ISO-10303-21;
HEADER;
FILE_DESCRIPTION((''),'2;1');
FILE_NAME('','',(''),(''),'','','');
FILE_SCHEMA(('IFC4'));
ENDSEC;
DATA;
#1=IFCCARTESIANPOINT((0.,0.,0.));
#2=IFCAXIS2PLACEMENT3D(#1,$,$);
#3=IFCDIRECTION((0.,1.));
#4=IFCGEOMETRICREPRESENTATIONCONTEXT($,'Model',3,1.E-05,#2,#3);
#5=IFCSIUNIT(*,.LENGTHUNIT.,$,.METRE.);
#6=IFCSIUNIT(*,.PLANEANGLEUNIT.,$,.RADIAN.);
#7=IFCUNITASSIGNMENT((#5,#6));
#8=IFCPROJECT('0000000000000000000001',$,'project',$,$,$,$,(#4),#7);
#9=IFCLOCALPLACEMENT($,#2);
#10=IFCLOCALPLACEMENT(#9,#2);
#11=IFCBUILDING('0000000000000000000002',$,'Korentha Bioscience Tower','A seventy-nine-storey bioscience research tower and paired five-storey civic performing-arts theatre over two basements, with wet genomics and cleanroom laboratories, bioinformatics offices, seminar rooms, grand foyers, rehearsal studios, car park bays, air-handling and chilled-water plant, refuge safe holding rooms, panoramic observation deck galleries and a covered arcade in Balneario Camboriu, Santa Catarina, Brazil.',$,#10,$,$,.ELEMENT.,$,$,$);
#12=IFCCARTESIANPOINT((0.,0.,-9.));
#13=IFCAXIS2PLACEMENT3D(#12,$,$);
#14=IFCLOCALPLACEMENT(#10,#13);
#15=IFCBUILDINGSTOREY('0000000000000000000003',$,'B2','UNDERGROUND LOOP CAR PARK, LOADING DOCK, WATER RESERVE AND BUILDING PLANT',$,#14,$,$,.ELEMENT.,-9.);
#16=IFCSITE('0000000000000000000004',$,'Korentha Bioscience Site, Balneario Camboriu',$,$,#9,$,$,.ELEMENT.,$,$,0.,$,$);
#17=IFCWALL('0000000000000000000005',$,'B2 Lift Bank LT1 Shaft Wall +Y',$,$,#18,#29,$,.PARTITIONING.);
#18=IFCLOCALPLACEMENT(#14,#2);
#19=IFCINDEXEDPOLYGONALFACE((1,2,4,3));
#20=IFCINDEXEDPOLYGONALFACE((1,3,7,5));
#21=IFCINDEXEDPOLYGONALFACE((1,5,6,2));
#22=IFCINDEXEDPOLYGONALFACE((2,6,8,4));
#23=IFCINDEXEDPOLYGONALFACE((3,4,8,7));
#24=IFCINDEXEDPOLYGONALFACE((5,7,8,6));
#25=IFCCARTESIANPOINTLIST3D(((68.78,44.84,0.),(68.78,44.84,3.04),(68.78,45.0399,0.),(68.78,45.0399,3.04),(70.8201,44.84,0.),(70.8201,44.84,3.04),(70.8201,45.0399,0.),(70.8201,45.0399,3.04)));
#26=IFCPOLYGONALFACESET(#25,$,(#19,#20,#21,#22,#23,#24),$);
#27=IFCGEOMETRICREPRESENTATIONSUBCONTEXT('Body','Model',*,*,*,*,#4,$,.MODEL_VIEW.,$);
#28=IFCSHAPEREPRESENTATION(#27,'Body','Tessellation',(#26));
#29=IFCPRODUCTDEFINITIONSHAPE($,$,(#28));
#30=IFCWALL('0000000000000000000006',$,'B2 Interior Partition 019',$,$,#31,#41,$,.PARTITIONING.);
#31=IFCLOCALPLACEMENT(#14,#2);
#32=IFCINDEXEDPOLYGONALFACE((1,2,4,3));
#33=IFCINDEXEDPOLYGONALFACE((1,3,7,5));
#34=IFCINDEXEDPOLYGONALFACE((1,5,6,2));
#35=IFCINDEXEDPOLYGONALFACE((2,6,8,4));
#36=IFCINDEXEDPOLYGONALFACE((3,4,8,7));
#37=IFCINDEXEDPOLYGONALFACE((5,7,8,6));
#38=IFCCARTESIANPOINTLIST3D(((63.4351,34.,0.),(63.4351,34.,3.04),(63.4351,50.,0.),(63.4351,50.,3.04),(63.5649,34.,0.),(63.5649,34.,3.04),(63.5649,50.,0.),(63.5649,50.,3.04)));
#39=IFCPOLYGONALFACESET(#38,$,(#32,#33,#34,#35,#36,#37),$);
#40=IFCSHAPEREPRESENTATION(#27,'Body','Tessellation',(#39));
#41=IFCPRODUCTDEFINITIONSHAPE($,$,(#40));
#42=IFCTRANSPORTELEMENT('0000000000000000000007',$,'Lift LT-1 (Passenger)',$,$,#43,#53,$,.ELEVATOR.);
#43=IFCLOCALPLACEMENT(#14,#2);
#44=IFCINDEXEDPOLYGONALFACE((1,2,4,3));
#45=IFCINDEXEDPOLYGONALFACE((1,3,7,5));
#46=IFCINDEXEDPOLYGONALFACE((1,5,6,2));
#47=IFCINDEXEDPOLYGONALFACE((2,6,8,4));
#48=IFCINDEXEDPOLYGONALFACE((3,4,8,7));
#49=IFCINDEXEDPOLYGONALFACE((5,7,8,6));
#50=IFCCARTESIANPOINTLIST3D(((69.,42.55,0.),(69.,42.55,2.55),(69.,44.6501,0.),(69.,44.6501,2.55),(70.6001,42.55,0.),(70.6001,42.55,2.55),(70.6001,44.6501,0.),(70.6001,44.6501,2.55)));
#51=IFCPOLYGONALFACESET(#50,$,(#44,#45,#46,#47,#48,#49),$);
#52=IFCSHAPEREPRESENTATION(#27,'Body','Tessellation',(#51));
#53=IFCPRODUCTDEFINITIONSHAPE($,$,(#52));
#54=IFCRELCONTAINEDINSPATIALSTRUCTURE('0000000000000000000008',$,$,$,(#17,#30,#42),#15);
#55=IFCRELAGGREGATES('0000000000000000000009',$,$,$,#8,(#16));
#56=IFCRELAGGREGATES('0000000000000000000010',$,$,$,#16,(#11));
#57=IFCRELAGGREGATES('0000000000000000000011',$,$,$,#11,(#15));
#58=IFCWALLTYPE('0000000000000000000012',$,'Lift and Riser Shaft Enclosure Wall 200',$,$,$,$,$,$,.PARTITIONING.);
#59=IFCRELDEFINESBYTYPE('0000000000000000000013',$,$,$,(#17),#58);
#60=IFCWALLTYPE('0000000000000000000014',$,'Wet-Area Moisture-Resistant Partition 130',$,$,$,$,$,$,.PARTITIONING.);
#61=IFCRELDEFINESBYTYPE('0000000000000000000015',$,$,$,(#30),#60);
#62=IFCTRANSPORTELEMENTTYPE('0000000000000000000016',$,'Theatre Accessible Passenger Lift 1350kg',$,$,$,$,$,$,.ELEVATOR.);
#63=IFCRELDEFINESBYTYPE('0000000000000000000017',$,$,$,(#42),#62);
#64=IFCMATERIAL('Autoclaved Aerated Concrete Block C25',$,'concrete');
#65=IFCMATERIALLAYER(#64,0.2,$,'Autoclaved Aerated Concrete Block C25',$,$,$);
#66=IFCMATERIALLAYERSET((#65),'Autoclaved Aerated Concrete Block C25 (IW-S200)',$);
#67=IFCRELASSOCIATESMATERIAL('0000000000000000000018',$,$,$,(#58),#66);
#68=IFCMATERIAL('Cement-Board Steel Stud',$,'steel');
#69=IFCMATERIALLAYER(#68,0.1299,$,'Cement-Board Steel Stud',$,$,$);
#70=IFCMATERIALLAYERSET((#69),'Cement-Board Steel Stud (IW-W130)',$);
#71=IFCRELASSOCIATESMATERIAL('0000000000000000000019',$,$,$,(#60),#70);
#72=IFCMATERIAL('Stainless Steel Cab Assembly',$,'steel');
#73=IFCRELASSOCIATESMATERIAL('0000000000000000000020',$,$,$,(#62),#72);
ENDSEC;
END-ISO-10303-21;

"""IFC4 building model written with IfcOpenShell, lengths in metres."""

from ifc_helpers import new_model, si_unit, direction, frame, frame_2d, origin, origin_2d, place, context, subcontext, project, spatial, rectangle, extrude, material, layer, layer_set, type_object, element, save


model = new_model("IFC4")

# Units and contexts
model_context = context("Model", 3, precision=1e-05, world=origin(), true_north=direction((0.0, 1.0)))
body_context = subcontext(model_context, "Body", "Model", "MODEL_VIEW")
ifc_project = project(units=[si_unit("LENGTHUNIT", "METRE"), si_unit("PLANEANGLEUNIT", "RADIAN")], contexts=[model_context])

# Site, building, storey
site_placement = place(None, origin())
site = spatial("IfcSite", under=ifc_project, at=site_placement, Name="Korentha Bioscience Site, Balneario Camboriu", CompositionType="ELEMENT", RefElevation=0.0)
building_placement = place(site_placement, origin())
building = spatial("IfcBuilding", under=site, at=building_placement, Name="Korentha Bioscience Tower", Description="A seventy-nine-storey bioscience research tower and paired five-storey civic performing-arts theatre over two basements, with wet genomics and cleanroom laboratories, bioinformatics offices, seminar rooms, grand foyers, rehearsal studios, car park bays, air-handling and chilled-water plant, refuge safe holding rooms, panoramic observation deck galleries and a covered arcade in Balneario Camboriu, Santa Catarina, Brazil.", CompositionType="ELEMENT")
storey_placement = place(building_placement, frame((0.0, 0.0, -9.0)))
storey = spatial("IfcBuildingStorey", under=building, at=storey_placement, Name="B2", Description="UNDERGROUND LOOP CAR PARK, LOADING DOCK, WATER RESERVE AND BUILDING PLANT", CompositionType="ELEMENT", Elevation=-9.0)

# Walls
ifc_material_1 = material(Name="Autoclaved Aerated Concrete Block C25", Category="concrete")
ifc_layer_1 = layer(ifc_material_1, 0.2, Name="Autoclaved Aerated Concrete Block C25")
ifc_layer_set_1 = layer_set([ifc_layer_1], Name="Autoclaved Aerated Concrete Block C25 (IW-S200)")
wall_type_1 = type_object("IfcWallType", Name="Lift and Riser Shaft Enclosure Wall 200", PredefinedType="PARTITIONING", material=ifc_layer_set_1)
wall_1_placement = place(storey_placement, frame((68.78, 44.9399, 0.0), z_axis=(0.0, 0.0, 1.0), x_axis=(1.0, 0.0, 0.0)))
element("IfcWall", 1, at=wall_1_placement, inside=storey, type_object=wall_type_1, Name="B2 Lift Bank LT1 Shaft Wall +Y", PredefinedType="PARTITIONING", context=body_context, shape_type="SweptSolid", body=[
    extrude(rectangle(XDim=2.04, YDim=0.2, at=frame_2d((1.02, 0.0))), origin(), (0.0, 0.0, 1.0), 3.04),
])
ifc_material_2 = material(Name="Cement-Board Steel Stud", Category="steel")
ifc_layer_2 = layer(ifc_material_2, 0.1299, Name="Cement-Board Steel Stud")
ifc_layer_set_2 = layer_set([ifc_layer_2], Name="Cement-Board Steel Stud (IW-W130)")
wall_type_2 = type_object("IfcWallType", Name="Wet-Area Moisture-Resistant Partition 130", PredefinedType="PARTITIONING", material=ifc_layer_set_2)
wall_2_placement = place(storey_placement, frame((63.5, 50.0, 0.0), z_axis=(0.0, 0.0, 1.0), x_axis=(0.0, -1.0, 0.0)))
element("IfcWall", 2, at=wall_2_placement, inside=storey, type_object=wall_type_2, Name="B2 Interior Partition 019", PredefinedType="PARTITIONING", context=body_context, shape_type="SweptSolid", body=[
    extrude(rectangle(XDim=16.0, YDim=0.1299, at=frame_2d((8.0, 0.0))), origin(), (0.0, 0.0, 1.0), 3.04),
])

# Transport element
ifc_material_3 = material(Name="Stainless Steel Cab Assembly", Category="steel")
transport_element_type = type_object("IfcTransportElementType", Name="Theatre Accessible Passenger Lift 1350kg", PredefinedType="ELEVATOR", material=ifc_material_3)
transport_element_placement = place(storey_placement, frame((69.8, 43.6001, 0.0), z_axis=(0.0, 0.0, 1.0), x_axis=(1.0, 0.0, 0.0)))
element("IfcTransportElement", 3, at=transport_element_placement, inside=storey, type_object=transport_element_type, Name="Lift LT-1 (Passenger)", PredefinedType="ELEVATOR", context=body_context, shape_type="SweptSolid", body=[
    extrude(rectangle(XDim=1.6001, YDim=2.1001, at=origin_2d()), origin(), (0.0, 0.0, 1.0), 2.55),
])

save(model, "model.ifc")
